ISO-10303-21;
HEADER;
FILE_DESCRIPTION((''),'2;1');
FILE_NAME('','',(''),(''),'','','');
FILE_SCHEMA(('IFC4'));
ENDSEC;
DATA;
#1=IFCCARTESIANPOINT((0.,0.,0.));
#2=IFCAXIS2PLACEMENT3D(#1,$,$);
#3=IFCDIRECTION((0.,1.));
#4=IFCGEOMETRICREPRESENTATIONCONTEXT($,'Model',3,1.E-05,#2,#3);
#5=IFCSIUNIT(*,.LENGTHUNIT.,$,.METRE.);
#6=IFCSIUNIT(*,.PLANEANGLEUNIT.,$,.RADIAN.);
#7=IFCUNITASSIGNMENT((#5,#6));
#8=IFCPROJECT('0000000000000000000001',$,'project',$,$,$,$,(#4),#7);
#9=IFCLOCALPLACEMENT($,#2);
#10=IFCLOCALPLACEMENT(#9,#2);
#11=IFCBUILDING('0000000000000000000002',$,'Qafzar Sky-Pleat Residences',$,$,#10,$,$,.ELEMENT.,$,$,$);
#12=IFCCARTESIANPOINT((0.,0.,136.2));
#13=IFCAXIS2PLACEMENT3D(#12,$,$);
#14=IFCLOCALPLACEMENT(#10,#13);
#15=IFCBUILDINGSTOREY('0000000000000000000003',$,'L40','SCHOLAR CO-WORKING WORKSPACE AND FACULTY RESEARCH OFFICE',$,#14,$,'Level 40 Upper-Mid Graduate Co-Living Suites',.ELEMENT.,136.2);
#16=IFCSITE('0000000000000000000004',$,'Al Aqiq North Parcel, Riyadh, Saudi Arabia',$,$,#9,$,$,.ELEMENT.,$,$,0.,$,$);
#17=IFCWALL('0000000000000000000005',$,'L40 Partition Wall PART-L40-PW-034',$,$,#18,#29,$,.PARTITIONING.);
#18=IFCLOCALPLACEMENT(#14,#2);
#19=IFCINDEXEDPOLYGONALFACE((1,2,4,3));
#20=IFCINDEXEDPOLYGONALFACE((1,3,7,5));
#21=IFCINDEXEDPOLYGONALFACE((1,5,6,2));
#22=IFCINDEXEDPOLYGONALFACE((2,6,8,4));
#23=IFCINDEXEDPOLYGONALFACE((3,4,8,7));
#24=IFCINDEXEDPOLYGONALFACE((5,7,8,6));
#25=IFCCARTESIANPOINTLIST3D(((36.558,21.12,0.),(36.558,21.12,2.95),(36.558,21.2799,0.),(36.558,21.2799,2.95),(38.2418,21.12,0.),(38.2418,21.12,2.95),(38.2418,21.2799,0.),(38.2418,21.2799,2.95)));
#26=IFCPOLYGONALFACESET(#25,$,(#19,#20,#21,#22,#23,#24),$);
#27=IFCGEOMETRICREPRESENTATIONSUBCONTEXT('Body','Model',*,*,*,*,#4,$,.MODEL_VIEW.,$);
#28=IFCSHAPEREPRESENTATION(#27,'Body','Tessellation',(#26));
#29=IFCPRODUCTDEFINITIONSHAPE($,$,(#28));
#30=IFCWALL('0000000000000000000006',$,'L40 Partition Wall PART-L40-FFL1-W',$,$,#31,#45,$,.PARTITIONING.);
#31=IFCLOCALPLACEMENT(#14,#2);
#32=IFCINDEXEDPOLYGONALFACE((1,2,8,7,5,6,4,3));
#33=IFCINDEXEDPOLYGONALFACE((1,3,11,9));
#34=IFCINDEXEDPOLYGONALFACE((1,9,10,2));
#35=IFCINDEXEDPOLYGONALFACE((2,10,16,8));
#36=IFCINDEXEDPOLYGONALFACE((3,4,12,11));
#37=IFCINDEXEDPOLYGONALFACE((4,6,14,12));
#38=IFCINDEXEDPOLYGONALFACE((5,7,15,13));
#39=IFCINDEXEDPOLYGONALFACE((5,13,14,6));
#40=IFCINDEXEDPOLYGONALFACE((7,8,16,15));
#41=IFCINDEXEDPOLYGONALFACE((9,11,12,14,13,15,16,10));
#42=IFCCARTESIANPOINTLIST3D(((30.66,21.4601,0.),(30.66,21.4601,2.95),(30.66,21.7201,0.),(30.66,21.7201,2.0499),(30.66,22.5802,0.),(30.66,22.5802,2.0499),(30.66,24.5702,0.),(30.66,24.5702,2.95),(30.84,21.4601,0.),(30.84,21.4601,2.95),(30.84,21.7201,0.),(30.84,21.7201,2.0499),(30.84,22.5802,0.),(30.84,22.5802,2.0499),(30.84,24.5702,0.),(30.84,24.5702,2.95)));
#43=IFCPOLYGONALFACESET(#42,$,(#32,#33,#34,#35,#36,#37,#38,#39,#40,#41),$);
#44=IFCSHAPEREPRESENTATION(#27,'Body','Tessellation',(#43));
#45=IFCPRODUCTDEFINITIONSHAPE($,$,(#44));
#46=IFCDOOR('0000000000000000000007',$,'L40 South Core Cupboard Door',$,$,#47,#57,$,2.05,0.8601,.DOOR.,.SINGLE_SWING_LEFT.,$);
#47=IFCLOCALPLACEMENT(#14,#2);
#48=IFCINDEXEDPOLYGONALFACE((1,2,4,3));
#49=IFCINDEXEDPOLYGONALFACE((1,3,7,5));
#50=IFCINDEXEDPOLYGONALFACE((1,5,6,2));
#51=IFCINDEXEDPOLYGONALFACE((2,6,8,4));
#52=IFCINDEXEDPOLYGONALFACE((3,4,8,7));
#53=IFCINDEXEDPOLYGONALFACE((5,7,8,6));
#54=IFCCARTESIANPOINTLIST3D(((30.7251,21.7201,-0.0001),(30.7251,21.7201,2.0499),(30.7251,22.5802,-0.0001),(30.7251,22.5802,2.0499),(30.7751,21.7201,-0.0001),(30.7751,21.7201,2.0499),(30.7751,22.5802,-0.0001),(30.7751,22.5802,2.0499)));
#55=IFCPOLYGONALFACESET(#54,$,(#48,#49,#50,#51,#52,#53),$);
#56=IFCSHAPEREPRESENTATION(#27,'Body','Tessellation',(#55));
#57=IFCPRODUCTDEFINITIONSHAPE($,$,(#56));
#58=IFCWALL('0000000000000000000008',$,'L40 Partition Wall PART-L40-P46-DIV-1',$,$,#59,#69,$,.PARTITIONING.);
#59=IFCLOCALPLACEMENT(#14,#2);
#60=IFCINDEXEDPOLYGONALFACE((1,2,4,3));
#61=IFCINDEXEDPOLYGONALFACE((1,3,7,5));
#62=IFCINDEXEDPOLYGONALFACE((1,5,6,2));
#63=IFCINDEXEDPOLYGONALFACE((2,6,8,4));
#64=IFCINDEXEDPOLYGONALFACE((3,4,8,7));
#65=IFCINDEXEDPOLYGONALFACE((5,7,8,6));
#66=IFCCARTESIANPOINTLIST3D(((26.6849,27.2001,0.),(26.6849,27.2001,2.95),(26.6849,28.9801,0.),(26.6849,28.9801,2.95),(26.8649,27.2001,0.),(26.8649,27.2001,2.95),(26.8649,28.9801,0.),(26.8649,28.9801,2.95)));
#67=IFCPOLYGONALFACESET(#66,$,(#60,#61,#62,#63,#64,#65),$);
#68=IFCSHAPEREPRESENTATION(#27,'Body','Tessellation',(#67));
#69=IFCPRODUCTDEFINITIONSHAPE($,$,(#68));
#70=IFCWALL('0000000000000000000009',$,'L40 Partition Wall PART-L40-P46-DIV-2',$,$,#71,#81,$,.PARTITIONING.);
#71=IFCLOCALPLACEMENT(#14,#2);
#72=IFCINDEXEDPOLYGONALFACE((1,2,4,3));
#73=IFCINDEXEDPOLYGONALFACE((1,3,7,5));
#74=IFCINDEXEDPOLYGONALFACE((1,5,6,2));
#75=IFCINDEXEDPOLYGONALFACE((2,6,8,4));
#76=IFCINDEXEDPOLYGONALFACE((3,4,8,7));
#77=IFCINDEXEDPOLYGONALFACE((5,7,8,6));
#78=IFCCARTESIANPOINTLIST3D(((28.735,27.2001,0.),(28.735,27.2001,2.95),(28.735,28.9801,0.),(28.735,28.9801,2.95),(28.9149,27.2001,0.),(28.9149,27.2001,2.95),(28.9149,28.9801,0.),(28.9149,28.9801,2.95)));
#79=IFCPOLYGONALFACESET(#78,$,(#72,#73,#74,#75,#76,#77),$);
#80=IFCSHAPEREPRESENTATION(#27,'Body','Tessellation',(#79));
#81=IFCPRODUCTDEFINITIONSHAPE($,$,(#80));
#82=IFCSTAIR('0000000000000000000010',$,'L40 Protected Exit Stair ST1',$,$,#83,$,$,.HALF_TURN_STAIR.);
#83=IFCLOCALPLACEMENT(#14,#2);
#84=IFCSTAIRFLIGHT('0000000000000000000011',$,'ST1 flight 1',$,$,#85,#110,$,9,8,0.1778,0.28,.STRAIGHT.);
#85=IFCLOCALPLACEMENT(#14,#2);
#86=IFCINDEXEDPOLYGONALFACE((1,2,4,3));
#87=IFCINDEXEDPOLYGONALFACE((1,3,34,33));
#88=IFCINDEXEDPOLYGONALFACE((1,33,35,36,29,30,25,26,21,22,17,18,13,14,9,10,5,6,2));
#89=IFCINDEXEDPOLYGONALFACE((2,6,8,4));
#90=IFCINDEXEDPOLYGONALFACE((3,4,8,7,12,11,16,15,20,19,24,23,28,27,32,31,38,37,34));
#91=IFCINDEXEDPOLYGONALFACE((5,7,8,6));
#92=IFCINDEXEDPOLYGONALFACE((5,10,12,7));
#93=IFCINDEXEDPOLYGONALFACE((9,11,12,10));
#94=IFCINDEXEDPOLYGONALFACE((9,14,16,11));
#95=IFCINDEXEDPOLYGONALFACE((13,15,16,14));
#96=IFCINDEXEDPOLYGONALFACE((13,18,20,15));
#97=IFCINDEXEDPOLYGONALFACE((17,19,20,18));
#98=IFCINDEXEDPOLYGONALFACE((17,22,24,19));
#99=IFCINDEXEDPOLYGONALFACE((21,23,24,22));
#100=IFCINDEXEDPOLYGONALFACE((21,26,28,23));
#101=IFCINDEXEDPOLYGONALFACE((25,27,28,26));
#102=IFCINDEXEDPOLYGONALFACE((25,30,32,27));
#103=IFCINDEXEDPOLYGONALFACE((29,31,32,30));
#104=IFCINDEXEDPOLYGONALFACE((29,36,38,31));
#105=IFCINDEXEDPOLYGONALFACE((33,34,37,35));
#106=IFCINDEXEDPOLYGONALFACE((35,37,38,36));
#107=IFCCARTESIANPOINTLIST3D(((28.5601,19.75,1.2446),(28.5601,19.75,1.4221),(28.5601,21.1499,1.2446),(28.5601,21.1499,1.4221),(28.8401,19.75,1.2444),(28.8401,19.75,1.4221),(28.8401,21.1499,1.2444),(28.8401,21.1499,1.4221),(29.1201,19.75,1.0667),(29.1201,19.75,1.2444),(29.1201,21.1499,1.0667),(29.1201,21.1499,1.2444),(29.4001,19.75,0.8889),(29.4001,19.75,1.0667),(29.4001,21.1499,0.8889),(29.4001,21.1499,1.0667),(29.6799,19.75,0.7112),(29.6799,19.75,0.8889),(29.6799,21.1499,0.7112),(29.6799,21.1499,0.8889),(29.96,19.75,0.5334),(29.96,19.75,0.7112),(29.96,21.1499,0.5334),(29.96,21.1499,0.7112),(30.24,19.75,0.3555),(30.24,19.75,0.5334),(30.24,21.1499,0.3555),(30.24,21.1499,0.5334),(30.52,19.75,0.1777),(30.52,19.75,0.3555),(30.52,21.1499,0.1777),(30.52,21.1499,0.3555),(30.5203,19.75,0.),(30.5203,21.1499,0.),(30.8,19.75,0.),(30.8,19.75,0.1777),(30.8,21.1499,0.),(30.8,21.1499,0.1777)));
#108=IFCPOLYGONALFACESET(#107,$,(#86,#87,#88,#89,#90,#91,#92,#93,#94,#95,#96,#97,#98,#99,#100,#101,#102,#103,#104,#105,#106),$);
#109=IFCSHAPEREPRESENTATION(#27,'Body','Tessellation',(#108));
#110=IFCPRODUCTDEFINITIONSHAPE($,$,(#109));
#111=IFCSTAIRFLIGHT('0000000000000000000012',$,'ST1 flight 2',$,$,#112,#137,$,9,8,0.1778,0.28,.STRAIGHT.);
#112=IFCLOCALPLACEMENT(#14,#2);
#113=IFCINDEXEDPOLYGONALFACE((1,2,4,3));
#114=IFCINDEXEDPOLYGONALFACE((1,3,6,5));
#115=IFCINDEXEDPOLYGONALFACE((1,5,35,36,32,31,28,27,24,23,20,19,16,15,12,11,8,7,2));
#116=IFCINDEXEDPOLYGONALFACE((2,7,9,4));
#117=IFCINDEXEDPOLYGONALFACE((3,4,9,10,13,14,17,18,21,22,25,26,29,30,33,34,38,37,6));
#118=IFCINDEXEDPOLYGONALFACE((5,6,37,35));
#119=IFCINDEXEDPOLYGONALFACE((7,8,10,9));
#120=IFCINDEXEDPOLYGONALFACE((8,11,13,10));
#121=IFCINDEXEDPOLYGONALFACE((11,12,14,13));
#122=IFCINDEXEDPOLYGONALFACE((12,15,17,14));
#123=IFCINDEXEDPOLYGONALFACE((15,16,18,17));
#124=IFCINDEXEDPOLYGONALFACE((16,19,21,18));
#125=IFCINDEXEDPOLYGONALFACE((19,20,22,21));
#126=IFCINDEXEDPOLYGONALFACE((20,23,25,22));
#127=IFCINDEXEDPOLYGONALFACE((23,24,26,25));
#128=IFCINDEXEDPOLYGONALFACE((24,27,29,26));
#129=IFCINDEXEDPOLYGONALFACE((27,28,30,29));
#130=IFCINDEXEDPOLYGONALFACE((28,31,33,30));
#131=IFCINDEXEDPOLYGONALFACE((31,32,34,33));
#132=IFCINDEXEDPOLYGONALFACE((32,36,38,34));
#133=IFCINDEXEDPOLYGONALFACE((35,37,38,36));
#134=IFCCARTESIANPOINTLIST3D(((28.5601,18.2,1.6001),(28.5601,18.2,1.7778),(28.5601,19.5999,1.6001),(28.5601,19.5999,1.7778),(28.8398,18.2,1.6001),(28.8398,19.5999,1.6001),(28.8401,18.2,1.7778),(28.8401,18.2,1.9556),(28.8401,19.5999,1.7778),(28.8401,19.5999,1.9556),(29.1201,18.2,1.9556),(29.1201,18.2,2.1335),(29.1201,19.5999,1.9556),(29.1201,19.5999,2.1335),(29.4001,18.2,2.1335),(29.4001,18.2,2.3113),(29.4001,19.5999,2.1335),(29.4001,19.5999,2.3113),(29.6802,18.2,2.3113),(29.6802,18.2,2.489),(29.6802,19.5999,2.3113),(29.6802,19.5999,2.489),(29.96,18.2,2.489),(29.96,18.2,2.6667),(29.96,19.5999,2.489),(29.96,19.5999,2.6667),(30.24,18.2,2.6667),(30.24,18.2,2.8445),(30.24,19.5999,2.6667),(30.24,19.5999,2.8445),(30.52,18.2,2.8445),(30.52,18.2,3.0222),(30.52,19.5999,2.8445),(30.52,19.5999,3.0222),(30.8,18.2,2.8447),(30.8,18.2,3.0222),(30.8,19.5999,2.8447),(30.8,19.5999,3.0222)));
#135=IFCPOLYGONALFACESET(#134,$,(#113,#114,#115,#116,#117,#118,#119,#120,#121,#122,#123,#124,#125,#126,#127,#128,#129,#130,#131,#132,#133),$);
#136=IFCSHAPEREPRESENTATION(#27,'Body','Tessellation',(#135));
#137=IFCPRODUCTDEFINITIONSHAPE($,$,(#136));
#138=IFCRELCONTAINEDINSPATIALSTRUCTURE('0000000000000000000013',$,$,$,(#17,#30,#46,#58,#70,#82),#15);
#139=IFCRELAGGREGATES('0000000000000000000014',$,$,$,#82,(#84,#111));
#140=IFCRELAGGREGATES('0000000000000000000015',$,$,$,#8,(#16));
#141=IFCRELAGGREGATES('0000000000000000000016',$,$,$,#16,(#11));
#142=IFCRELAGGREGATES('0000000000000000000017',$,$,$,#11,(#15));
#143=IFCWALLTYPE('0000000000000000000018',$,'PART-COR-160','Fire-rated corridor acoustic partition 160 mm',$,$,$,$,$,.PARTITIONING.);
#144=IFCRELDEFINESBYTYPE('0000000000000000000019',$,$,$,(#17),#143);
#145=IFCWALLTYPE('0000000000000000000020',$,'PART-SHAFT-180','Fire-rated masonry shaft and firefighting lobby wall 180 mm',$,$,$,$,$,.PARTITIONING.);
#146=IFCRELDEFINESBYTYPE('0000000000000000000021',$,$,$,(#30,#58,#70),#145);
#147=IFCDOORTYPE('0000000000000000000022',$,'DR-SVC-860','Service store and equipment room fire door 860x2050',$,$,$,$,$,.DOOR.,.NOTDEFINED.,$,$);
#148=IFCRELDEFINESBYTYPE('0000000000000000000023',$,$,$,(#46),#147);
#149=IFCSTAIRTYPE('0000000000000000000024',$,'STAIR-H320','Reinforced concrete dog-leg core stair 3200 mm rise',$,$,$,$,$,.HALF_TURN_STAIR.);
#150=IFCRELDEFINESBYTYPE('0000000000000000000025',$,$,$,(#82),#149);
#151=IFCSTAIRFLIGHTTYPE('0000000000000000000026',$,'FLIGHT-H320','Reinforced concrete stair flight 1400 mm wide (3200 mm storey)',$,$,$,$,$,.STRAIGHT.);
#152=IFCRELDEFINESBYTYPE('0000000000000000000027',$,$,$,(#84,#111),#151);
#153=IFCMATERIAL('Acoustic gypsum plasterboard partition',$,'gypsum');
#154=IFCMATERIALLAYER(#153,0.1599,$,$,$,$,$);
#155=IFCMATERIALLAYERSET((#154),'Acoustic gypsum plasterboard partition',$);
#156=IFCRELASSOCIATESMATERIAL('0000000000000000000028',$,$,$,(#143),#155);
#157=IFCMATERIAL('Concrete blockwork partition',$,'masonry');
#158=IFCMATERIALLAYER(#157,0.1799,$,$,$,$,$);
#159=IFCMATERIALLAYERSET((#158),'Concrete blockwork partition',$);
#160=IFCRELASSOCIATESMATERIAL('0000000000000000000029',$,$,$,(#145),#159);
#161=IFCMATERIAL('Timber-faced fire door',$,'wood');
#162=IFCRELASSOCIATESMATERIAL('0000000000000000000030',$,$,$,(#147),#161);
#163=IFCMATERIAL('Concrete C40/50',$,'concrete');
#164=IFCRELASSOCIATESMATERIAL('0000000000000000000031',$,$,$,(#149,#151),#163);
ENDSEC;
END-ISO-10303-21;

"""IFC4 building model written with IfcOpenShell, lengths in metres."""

from ifc_helpers import new_model, si_unit, direction, frame, frame_2d, origin, place, context, subcontext, project, spatial, polyline, rectangle, outline, extrude, source, transform, mapped, material, layer, layer_set, type_object, element, fill, aggregate, save


model = new_model("IFC4")

# Units and contexts
model_context = context("Model", 3, precision=1e-05, world=origin(), true_north=direction((0.0, 1.0)))
body_context = subcontext(model_context, "Body", "Model", "MODEL_VIEW")
ifc_project = project(units=[si_unit("LENGTHUNIT", "METRE"), si_unit("PLANEANGLEUNIT", "RADIAN")], contexts=[model_context])

# Site, building, storey
site_placement = place(None, origin())
site = spatial("IfcSite", under=ifc_project, at=site_placement, Name="Al Aqiq North Parcel, Riyadh, Saudi Arabia", CompositionType="ELEMENT", RefElevation=0.0)
building_placement = place(site_placement, origin())
building = spatial("IfcBuilding", under=site, at=building_placement, Name="Qafzar Sky-Pleat Residences", CompositionType="ELEMENT")
storey_placement = place(building_placement, frame((0.0, 0.0, 136.2)))
storey = spatial("IfcBuildingStorey", under=building, at=storey_placement, Name="L40", Description="SCHOLAR CO-WORKING WORKSPACE AND FACULTY RESEARCH OFFICE", LongName="Level 40 Upper-Mid Graduate Co-Living Suites", CompositionType="ELEMENT", Elevation=136.2)

# Wall
ifc_material_1 = material(Name="Acoustic gypsum plasterboard partition", Category="gypsum")
ifc_layer_1 = layer(ifc_material_1, 0.1599)
ifc_layer_set_1 = layer_set([ifc_layer_1], Name="Acoustic gypsum plasterboard partition")
wall_type_1 = type_object("IfcWallType", Name="PART-COR-160", Description="Fire-rated corridor acoustic partition 160 mm", PredefinedType="PARTITIONING", material=ifc_layer_set_1)
wall_1_placement = place(storey_placement, frame((36.5581, 21.2, 0.0), z_axis=(0.0, 0.0, 1.0), x_axis=(1.0, 0.0, 0.0)))
element("IfcWall", 1, at=wall_1_placement, inside=storey, type_object=wall_type_1, Name="L40 Partition Wall PART-L40-PW-034", PredefinedType="PARTITIONING", context=body_context, shape_type="SweptSolid", body=[
    extrude(rectangle(XDim=1.6838, YDim=0.1599, at=frame_2d((0.8418, 0.0))), origin(), (0.0, 0.0, 1.0), 2.95),
])

# Wall, opening, door
ifc_material_2 = material(Name="Concrete blockwork partition", Category="masonry")
ifc_layer_2 = layer(ifc_material_2, 0.1799)
ifc_layer_set_2 = layer_set([ifc_layer_2], Name="Concrete blockwork partition")
wall_type_2 = type_object("IfcWallType", Name="PART-SHAFT-180", Description="Fire-rated masonry shaft and firefighting lobby wall 180 mm", PredefinedType="PARTITIONING", material=ifc_layer_set_2)
wall_2_placement = place(storey_placement, frame((30.75, 21.46, 0.0), z_axis=(0.0, 0.0, 1.0), x_axis=(0.0, 1.0, 0.0)))
wall_2 = element("IfcWall", 2, at=wall_2_placement, inside=storey, type_object=wall_type_2, Name="L40 Partition Wall PART-L40-FFL1-W", PredefinedType="PARTITIONING", context=body_context, shape_type="SweptSolid", body=[
    extrude(rectangle(XDim=3.1101, YDim=0.1799, at=frame_2d((1.5552, 0.0))), origin(), (0.0, 0.0, 1.0), 2.95),
])
opening_1_placement = place(wall_2_placement, frame((0.26, 0.0, 0.0)))
opening_1 = element("IfcOpeningElement", 3, at=opening_1_placement, cuts=wall_2, PredefinedType="OPENING", context=body_context, shape_type="SweptSolid", body=[
    extrude(rectangle(XDim=0.8601, YDim=2.05, at=frame_2d((0.4302, 1.0249))), frame((0.0, 0.1001, 0.0), z_axis=(0.0, -1.0, 0.0), x_axis=(1.0, 0.0, 0.0)), (0.0, 0.0, 1.0), 0.2),
])
ifc_material_3 = material(Name="Timber-faced fire door", Category="wood")
door_type_1 = type_object("IfcDoorType", Name="DR-SVC-860", Description="Service store and equipment room fire door 860x2050", OperationType="NOTDEFINED", PredefinedType="DOOR", material=ifc_material_3)
shared_shape_1 = source(origin(), body_context, "Body", "SweptSolid", [
    extrude(rectangle(XDim=0.8601, YDim=2.05, at=frame_2d((0.4302, 1.0249))), frame((0.0, 0.0249, 0.0), z_axis=(0.0, -1.0, 0.0), x_axis=(1.0, 0.0, 0.0)), (0.0, 0.0, 1.0), 0.05),
])
door_1_placement = place(opening_1_placement, origin())
door_1 = element("IfcDoor", 4, at=door_1_placement, inside=storey, type_object=door_type_1, Name="L40 South Core Cupboard Door", OperationType="SINGLE_SWING_LEFT", OverallHeight=2.05, OverallWidth=0.8601, PredefinedType="DOOR", context=body_context, shape_type="MappedRepresentation", body=[
    mapped(shared_shape_1, transform((0.0, 0.0, 0.0), x_axis=(1.0, 0.0, 0.0), y_axis=(0.0, 1.0, 0.0), z_axis=(0.0, 0.0, 1.0), scale=1.0)),
])
fill(opening_1, door_1)

# Wall
wall_3_placement = place(storey_placement, frame((26.7749, 27.2, 0.0), z_axis=(0.0, 0.0, 1.0), x_axis=(0.0, 1.0, 0.0)))
element("IfcWall", 5, at=wall_3_placement, inside=storey, type_object=wall_type_2, Name="L40 Partition Wall PART-L40-P46-DIV-1", PredefinedType="PARTITIONING", context=body_context, shape_type="SweptSolid", body=[
    extrude(rectangle(XDim=1.78, YDim=0.1799, at=frame_2d((0.8901, 0.0))), origin(), (0.0, 0.0, 1.0), 2.95),
])

# Wall
wall_4_placement = place(storey_placement, frame((28.825, 27.2, 0.0), z_axis=(0.0, 0.0, 1.0), x_axis=(0.0, 1.0, 0.0)))
element("IfcWall", 6, at=wall_4_placement, inside=storey, type_object=wall_type_2, Name="L40 Partition Wall PART-L40-P46-DIV-2", PredefinedType="PARTITIONING", context=body_context, shape_type="SweptSolid", body=[
    extrude(rectangle(XDim=1.78, YDim=0.1799, at=frame_2d((0.8901, 0.0))), origin(), (0.0, 0.0, 1.0), 2.95),
])

# Stair, stair flights
ifc_material_4 = material(Name="Concrete C40/50", Category="concrete")
stair_type = type_object("IfcStairType", Name="STAIR-H320", Description="Reinforced concrete dog-leg core stair 3200 mm rise", PredefinedType="HALF_TURN_STAIR", material=ifc_material_4)
stair_placement = place(storey_placement, origin())
stair = element("IfcStair", 7, at=stair_placement, inside=storey, type_object=stair_type, Name="L40 Protected Exit Stair ST1", PredefinedType="HALF_TURN_STAIR")
stair_flight_type = type_object("IfcStairFlightType", Name="FLIGHT-H320", Description="Reinforced concrete stair flight 1400 mm wide (3200 mm storey)", PredefinedType="STRAIGHT", material=ifc_material_4)
shared_shape_2 = source(origin(), body_context, "Body", "SweptSolid", [
    extrude(outline(polyline([(0.0, 0.0), (0.0, 0.1777), (0.28, 0.1777), (0.28, 0.3555), (0.5601, 0.3555), (0.5601, 0.5334), (0.8401, 0.5334), (0.8401, 0.7112), (1.1201, 0.7112), (1.1201, 0.8889), (1.3999, 0.8889), (1.3999, 1.0667), (1.6799, 1.0667), (1.6799, 1.2444), (1.96, 1.2444), (1.96, 1.4221), (2.24, 1.4221), (2.24, 1.6001), (2.24, 1.2446), (0.2798, 0.0), (0.0, 0.0)])), frame((0.0, 0.7, 0.0), z_axis=(0.0, -1.0, 0.0), x_axis=(1.0, 0.0, 0.0)), (0.0, 0.0, 1.0), 1.3999),
])
stair_flight_1_placement = place(storey_placement, frame((30.8, 20.45, 0.0), z_axis=(0.0, 0.0, 1.0), x_axis=(-1.0, 0.0, 0.0)))
stair_flight_1 = element("IfcStairFlight", 8, at=stair_flight_1_placement, type_object=stair_flight_type, Name="ST1 flight 1", NumberOfRisers=9, NumberOfTreads=8, PredefinedType="STRAIGHT", RiserHeight=0.1778, TreadLength=0.28, context=body_context, shape_type="MappedRepresentation", body=[
    mapped(shared_shape_2, transform((0.0, 0.0, 0.0), x_axis=(1.0, 0.0, 0.0), y_axis=(0.0, 1.0, 0.0), z_axis=(0.0, 0.0, 1.0), scale=1.0)),
])
stair_flight_2_placement = place(storey_placement, frame((28.5601, 18.8999, 1.6001), z_axis=(0.0, 0.0, 1.0), x_axis=(1.0, 0.0, 0.0)))
stair_flight_2 = element("IfcStairFlight", 9, at=stair_flight_2_placement, type_object=stair_flight_type, Name="ST1 flight 2", NumberOfRisers=9, NumberOfTreads=8, PredefinedType="STRAIGHT", RiserHeight=0.1778, TreadLength=0.28, context=body_context, shape_type="MappedRepresentation", body=[
    mapped(shared_shape_2, transform((0.0, 0.0, 0.0), x_axis=(1.0, 0.0, 0.0), y_axis=(0.0, 1.0, 0.0), z_axis=(0.0, 0.0, 1.0), scale=1.0)),
])
aggregate(stair, [stair_flight_1, stair_flight_2])

save(model, "model.ifc")
